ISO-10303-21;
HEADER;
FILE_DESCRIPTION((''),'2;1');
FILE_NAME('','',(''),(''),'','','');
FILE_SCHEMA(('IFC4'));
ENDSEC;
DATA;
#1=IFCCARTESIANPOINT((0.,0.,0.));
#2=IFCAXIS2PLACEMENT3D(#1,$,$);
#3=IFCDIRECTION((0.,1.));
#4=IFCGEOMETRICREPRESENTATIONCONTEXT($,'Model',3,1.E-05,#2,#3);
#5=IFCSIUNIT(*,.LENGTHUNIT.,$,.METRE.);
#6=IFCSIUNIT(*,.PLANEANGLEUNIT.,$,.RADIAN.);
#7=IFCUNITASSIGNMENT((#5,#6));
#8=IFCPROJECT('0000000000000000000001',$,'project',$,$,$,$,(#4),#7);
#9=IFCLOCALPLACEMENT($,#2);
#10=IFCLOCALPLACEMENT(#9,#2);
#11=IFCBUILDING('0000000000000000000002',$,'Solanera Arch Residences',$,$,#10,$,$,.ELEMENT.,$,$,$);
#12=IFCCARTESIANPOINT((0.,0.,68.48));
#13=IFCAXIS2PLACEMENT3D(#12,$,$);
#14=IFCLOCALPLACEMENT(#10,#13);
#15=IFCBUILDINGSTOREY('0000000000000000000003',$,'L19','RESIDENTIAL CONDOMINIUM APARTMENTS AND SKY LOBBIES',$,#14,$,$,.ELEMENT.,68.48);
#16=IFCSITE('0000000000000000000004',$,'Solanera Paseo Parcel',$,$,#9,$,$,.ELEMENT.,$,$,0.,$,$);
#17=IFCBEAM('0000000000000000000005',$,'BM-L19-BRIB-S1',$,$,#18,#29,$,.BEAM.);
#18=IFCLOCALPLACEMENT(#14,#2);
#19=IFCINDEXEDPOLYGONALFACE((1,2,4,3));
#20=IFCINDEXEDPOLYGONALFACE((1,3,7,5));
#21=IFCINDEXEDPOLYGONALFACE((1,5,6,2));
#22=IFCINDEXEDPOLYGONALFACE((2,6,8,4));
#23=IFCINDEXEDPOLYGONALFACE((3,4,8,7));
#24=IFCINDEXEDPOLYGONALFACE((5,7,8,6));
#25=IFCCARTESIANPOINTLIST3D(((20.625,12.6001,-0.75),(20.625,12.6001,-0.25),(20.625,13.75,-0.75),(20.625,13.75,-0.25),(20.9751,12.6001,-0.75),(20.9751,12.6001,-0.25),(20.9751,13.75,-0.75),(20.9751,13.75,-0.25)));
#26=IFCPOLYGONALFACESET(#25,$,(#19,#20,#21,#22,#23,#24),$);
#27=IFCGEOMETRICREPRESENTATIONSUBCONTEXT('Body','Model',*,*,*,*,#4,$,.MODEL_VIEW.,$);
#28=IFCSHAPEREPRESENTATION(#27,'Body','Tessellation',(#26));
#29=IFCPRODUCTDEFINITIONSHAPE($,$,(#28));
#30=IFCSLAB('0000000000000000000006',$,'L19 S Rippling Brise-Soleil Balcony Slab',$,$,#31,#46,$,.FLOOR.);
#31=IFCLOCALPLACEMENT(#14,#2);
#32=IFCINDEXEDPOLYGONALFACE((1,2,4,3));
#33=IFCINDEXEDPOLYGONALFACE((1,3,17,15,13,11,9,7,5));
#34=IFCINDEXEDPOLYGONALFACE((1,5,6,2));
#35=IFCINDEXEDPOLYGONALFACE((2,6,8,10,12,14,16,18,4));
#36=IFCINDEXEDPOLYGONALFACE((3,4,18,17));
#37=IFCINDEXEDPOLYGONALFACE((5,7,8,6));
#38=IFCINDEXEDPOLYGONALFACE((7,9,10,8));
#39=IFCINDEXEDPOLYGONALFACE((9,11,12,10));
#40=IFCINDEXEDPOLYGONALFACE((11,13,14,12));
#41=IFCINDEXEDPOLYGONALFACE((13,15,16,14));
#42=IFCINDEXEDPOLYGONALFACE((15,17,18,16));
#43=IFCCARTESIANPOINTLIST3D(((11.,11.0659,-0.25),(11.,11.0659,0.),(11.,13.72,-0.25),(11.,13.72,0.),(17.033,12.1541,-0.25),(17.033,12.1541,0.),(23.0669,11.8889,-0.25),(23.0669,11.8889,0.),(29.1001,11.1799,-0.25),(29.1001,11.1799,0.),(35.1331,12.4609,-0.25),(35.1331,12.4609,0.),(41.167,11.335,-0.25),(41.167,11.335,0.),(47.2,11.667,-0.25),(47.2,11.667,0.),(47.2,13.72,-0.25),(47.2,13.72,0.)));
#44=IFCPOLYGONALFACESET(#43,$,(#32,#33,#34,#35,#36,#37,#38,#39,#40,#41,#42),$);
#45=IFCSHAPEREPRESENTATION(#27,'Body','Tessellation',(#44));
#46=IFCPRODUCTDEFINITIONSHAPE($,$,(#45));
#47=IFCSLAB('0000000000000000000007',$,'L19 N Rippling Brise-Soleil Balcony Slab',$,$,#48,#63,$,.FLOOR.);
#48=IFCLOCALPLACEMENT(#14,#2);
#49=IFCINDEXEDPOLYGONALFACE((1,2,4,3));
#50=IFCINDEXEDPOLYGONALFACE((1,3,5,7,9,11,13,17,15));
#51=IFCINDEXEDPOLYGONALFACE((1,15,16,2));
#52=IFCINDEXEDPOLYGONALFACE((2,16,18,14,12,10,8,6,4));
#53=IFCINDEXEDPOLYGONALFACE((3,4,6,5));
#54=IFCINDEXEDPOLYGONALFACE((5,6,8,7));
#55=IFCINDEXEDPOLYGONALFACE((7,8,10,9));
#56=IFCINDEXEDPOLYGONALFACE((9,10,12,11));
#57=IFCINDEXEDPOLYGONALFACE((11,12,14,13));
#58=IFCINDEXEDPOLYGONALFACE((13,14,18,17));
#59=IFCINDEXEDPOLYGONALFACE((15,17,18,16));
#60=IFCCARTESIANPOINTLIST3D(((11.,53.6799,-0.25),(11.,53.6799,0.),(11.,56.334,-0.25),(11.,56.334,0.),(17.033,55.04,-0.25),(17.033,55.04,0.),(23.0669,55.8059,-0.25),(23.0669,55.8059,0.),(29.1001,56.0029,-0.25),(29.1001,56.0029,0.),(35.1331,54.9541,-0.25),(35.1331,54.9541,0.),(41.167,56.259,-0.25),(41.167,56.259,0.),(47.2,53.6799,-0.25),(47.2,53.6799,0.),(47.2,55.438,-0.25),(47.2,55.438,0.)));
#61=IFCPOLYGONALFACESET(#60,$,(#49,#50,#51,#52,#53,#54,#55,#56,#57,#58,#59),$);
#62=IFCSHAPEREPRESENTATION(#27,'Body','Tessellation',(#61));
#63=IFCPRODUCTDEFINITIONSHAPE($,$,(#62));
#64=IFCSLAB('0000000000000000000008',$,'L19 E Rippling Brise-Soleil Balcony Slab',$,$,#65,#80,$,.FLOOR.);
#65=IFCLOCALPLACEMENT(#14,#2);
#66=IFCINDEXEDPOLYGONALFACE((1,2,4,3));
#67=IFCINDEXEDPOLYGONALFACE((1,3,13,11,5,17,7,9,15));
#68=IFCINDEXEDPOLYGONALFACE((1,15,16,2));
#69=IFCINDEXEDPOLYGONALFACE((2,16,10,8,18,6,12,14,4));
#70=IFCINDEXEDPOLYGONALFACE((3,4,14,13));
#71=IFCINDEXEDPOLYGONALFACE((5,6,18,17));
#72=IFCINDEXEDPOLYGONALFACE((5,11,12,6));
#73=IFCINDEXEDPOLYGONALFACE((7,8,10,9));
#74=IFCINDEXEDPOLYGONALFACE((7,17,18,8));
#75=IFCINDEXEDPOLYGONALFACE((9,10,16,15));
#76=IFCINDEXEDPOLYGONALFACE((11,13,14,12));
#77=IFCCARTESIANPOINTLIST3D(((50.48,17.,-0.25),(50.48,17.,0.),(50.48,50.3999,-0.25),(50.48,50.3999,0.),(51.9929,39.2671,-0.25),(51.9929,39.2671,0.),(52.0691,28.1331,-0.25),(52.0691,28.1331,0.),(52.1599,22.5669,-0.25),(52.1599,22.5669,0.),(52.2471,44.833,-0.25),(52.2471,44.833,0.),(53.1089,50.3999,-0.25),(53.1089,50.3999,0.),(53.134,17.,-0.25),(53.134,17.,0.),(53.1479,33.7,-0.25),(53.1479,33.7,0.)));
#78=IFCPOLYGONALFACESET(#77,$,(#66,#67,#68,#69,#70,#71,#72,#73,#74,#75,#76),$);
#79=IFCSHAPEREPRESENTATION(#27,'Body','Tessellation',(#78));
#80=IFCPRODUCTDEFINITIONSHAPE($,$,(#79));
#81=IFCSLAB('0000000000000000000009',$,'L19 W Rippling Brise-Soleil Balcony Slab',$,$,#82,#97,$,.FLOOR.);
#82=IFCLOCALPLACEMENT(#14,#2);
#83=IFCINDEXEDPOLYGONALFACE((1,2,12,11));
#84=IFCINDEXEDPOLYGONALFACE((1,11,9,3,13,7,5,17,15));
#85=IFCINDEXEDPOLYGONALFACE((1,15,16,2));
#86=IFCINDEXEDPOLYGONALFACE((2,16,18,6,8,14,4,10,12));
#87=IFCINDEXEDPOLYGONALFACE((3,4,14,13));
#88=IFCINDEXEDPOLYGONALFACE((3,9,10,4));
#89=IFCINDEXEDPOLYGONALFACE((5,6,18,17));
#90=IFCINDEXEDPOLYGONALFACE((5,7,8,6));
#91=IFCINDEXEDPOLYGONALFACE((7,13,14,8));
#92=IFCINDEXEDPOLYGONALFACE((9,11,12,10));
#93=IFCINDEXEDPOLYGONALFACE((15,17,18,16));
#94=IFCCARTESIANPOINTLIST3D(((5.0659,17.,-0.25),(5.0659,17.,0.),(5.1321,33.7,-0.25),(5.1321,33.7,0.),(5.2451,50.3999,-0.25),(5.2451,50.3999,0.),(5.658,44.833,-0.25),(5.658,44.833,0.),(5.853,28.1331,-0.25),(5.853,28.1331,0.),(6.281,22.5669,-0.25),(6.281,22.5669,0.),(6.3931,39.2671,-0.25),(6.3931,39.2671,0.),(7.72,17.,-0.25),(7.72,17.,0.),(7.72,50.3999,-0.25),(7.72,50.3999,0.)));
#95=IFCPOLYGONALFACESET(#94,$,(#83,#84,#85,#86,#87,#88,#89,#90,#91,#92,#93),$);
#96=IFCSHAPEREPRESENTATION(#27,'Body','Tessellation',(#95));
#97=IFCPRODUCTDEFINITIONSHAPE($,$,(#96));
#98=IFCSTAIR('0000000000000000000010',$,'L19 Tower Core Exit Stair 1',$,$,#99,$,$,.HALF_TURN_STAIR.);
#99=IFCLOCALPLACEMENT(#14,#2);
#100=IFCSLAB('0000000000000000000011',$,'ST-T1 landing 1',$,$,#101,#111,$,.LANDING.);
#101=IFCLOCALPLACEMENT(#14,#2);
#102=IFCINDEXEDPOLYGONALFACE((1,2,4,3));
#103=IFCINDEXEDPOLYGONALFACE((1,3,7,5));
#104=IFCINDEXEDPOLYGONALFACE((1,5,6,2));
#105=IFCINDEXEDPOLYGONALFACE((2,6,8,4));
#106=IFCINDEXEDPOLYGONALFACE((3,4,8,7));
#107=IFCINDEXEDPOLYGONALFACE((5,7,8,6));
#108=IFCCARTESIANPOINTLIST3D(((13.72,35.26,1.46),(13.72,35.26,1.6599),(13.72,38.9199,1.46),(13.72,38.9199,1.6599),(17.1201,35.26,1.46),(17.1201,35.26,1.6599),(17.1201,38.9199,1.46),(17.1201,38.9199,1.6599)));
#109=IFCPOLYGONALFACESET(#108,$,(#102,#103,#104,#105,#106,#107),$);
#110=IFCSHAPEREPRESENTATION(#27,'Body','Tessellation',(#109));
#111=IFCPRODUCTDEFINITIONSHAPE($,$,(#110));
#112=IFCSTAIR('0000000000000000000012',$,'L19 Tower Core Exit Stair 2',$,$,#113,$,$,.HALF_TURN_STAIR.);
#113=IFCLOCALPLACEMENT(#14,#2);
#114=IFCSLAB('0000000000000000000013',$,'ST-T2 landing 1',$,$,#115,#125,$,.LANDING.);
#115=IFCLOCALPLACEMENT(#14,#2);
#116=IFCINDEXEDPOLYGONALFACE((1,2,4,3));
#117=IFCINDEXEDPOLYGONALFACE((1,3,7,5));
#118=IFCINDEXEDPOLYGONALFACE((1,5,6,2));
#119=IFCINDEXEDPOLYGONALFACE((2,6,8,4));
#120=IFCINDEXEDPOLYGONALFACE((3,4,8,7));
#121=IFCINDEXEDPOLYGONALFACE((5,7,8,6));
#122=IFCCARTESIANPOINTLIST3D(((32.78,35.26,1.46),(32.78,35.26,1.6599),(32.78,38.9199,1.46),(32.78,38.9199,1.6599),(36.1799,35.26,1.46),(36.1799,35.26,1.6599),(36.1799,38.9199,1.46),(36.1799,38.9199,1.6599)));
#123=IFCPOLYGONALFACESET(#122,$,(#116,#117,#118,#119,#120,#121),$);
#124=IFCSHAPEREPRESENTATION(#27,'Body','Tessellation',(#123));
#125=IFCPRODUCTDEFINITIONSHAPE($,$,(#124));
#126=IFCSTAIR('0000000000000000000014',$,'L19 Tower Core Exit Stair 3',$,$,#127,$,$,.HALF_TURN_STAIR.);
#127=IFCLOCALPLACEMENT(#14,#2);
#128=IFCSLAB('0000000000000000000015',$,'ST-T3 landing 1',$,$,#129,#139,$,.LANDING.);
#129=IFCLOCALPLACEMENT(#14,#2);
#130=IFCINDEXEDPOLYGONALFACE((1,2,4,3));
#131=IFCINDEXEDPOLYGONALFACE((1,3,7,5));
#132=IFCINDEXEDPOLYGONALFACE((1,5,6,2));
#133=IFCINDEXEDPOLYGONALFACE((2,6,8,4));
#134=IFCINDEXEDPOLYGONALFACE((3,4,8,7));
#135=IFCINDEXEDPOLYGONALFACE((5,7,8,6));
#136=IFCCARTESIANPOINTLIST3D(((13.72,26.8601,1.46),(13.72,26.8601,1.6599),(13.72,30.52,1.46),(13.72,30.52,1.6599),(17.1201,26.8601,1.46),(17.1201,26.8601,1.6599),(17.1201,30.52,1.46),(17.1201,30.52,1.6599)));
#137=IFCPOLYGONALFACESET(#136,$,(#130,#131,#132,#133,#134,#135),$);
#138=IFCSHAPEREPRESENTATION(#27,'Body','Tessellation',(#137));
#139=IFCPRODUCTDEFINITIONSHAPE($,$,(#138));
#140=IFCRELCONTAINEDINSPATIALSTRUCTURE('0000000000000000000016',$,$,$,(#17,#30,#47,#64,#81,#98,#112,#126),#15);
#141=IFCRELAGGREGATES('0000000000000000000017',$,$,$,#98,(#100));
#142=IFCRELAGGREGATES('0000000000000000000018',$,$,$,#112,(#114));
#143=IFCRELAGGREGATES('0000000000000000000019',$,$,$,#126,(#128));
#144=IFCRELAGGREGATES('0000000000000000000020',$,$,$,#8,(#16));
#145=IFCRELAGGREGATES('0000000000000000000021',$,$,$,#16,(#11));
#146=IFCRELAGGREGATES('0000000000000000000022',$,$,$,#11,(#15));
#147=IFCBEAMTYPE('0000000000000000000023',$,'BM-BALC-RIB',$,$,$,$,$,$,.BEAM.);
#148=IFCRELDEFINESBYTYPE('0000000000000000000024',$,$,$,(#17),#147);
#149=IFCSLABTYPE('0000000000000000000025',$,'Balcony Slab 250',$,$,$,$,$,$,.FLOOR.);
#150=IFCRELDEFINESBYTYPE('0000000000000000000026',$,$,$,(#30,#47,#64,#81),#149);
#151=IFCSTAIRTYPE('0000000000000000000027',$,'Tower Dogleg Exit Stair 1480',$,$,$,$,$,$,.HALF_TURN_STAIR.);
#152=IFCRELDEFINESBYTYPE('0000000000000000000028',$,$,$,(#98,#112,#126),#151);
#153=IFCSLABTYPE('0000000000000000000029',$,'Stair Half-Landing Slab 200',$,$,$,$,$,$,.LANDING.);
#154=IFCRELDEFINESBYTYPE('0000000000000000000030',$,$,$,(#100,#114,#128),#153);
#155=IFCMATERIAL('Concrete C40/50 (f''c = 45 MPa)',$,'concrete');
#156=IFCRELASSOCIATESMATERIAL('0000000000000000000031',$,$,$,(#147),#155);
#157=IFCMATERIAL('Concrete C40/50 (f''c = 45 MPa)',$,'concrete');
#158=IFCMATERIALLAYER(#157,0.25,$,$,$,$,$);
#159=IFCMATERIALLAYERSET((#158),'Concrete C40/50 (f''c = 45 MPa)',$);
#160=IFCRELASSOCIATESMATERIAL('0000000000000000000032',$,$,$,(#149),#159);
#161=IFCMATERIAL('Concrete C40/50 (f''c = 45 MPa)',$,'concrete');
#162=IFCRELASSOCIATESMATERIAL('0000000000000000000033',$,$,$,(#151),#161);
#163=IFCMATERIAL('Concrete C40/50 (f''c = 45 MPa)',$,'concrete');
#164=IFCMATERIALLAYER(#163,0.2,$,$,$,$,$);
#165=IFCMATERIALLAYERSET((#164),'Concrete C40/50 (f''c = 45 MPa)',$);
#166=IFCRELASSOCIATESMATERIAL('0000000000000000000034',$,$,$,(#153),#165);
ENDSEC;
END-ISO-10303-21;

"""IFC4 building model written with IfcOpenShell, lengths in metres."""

from ifc_helpers import new_model, si_unit, direction, frame, origin, origin_2d, place, context, subcontext, project, spatial, polyline, rectangle, outline, extrude, material, layer, layer_set, material_profile, profile_set, type_object, element, aggregate, save


model = new_model("IFC4")

# Units and contexts
model_context = context("Model", 3, precision=1e-05, world=origin(), true_north=direction((0.0, 1.0)))
body_context = subcontext(model_context, "Body", "Model", "MODEL_VIEW")
ifc_project = project(units=[si_unit("LENGTHUNIT", "METRE"), si_unit("PLANEANGLEUNIT", "RADIAN")], contexts=[model_context])

# Site, building, storey
site_placement = place(None, origin())
site = spatial("IfcSite", under=ifc_project, at=site_placement, Name="Solanera Paseo Parcel", CompositionType="ELEMENT", RefElevation=0.0)
building_placement = place(site_placement, origin())
building = spatial("IfcBuilding", under=site, at=building_placement, Name="Solanera Arch Residences", CompositionType="ELEMENT")
storey_placement = place(building_placement, frame((0.0, 0.0, 68.48)))
storey = spatial("IfcBuildingStorey", under=building, at=storey_placement, Name="L19", Description="RESIDENTIAL CONDOMINIUM APARTMENTS AND SKY LOBBIES", CompositionType="ELEMENT", Elevation=68.48)

# Beam
ifc_material_1 = material(Name="Concrete C40/50 (f'c = 45 MPa)", Category="concrete")
ifc_material_profile = material_profile(ifc_material_1, rectangle(XDim=0.3501, YDim=0.5, at=origin_2d()))
ifc_profile_set = profile_set([ifc_material_profile], Name="Concrete C40/50 (f'c = 45 MPa)")
beam_type = type_object("IfcBeamType", Name="BM-BALC-RIB", PredefinedType="BEAM", material=ifc_profile_set)
beam_placement = place(storey_placement, frame((20.8, 12.6001, -0.5), z_axis=(0.0, 1.0, 0.0), x_axis=(-1.0, 0.0, 0.0)))
element("IfcBeam", 1, at=beam_placement, inside=storey, type_object=beam_type, Name="BM-L19-BRIB-S1", PredefinedType="BEAM", context=body_context, shape_type="SweptSolid", body=[
    extrude(rectangle(XDim=0.3501, YDim=0.5, at=origin_2d()), origin(), (0.0, 0.0, 1.0), 1.1499),
])

# Slabs
ifc_material_2 = material(Name="Concrete C40/50 (f'c = 45 MPa)", Category="concrete")
ifc_layer_1 = layer(ifc_material_2, 0.25)
ifc_layer_set_1 = layer_set([ifc_layer_1], Name="Concrete C40/50 (f'c = 45 MPa)")
slab_type_1 = type_object("IfcSlabType", Name="Balcony Slab 250", PredefinedType="FLOOR", material=ifc_layer_set_1)
slab_1_placement = place(storey_placement, frame((0.0, 0.0, -0.25)))
element("IfcSlab", 2, at=slab_1_placement, inside=storey, type_object=slab_type_1, Name="L19 S Rippling Brise-Soleil Balcony Slab", PredefinedType="FLOOR", context=body_context, shape_type="SweptSolid", body=[
    extrude(outline(polyline([(11.0, 11.0659), (17.033, 12.1541), (23.0669, 11.8889), (29.1001, 11.1799), (35.1331, 12.4609), (41.167, 11.335), (47.2, 11.667), (47.2, 13.72), (11.0, 13.72), (11.0, 11.0659)])), origin(), (0.0, 0.0, 1.0), 0.25),
])
slab_2_placement = place(storey_placement, frame((0.0, 0.0, -0.25)))
element("IfcSlab", 3, at=slab_2_placement, inside=storey, type_object=slab_type_1, Name="L19 N Rippling Brise-Soleil Balcony Slab", PredefinedType="FLOOR", context=body_context, shape_type="SweptSolid", body=[
    extrude(outline(polyline([(47.2, 55.438), (41.167, 56.259), (35.1331, 54.9541), (29.1001, 56.0029), (23.0669, 55.8059), (17.033, 55.04), (11.0, 56.334), (11.0, 53.6799), (47.2, 53.6799), (47.2, 55.438)])), origin(), (0.0, 0.0, 1.0), 0.25),
])
slab_3_placement = place(storey_placement, frame((0.0, 0.0, -0.25)))
element("IfcSlab", 4, at=slab_3_placement, inside=storey, type_object=slab_type_1, Name="L19 E Rippling Brise-Soleil Balcony Slab", PredefinedType="FLOOR", context=body_context, shape_type="SweptSolid", body=[
    extrude(outline(polyline([(53.134, 17.0), (52.1599, 22.5669), (52.0691, 28.1331), (53.1479, 33.7), (51.9929, 39.2671), (52.2471, 44.833), (53.1089, 50.3999), (50.48, 50.3999), (50.48, 17.0), (53.134, 17.0)])), origin(), (0.0, 0.0, 1.0), 0.25),
])
slab_4_placement = place(storey_placement, frame((0.0, 0.0, -0.25)))
element("IfcSlab", 5, at=slab_4_placement, inside=storey, type_object=slab_type_1, Name="L19 W Rippling Brise-Soleil Balcony Slab", PredefinedType="FLOOR", context=body_context, shape_type="SweptSolid", body=[
    extrude(outline(polyline([(5.2451, 50.3999), (5.658, 44.833), (6.3931, 39.2671), (5.1321, 33.7), (5.853, 28.1331), (6.281, 22.5669), (5.0659, 17.0), (7.72, 17.0), (7.72, 50.3999), (5.2451, 50.3999)])), origin(), (0.0, 0.0, 1.0), 0.25),
])

# Stairs, slabs
ifc_material_3 = material(Name="Concrete C40/50 (f'c = 45 MPa)", Category="concrete")
stair_type = type_object("IfcStairType", Name="Tower Dogleg Exit Stair 1480", PredefinedType="HALF_TURN_STAIR", material=ifc_material_3)
stair_1_placement = place(storey_placement, origin())
stair_1 = element("IfcStair", 6, at=stair_1_placement, inside=storey, type_object=stair_type, Name="L19 Tower Core Exit Stair 1", PredefinedType="HALF_TURN_STAIR")
ifc_material_4 = material(Name="Concrete C40/50 (f'c = 45 MPa)", Category="concrete")
ifc_layer_2 = layer(ifc_material_4, 0.2)
ifc_layer_set_2 = layer_set([ifc_layer_2], Name="Concrete C40/50 (f'c = 45 MPa)")
slab_type_2 = type_object("IfcSlabType", Name="Stair Half-Landing Slab 200", PredefinedType="LANDING", material=ifc_layer_set_2)
slab_5_placement = place(storey_placement, frame((0.0, 0.0, 1.46)))
slab_5 = element("IfcSlab", 7, at=slab_5_placement, type_object=slab_type_2, Name="ST-T1 landing 1", PredefinedType="LANDING", context=body_context, shape_type="SweptSolid", body=[
    extrude(outline(polyline([(17.1201, 35.26), (17.1201, 38.9199), (13.72, 38.9199), (13.72, 35.26), (17.1201, 35.26)])), origin(), (0.0, 0.0, 1.0), 0.2),
])
aggregate(stair_1, [slab_5])
stair_2_placement = place(storey_placement, origin())
stair_2 = element("IfcStair", 8, at=stair_2_placement, inside=storey, type_object=stair_type, Name="L19 Tower Core Exit Stair 2", PredefinedType="HALF_TURN_STAIR")
slab_6_placement = place(storey_placement, frame((0.0, 0.0, 1.46)))
slab_6 = element("IfcSlab", 9, at=slab_6_placement, type_object=slab_type_2, Name="ST-T2 landing 1", PredefinedType="LANDING", context=body_context, shape_type="SweptSolid", body=[
    extrude(outline(polyline([(36.1799, 35.26), (36.1799, 38.9199), (32.78, 38.9199), (32.78, 35.26), (36.1799, 35.26)])), origin(), (0.0, 0.0, 1.0), 0.2),
])
aggregate(stair_2, [slab_6])
stair_3_placement = place(storey_placement, origin())
stair_3 = element("IfcStair", 10, at=stair_3_placement, inside=storey, type_object=stair_type, Name="L19 Tower Core Exit Stair 3", PredefinedType="HALF_TURN_STAIR")
slab_7_placement = place(storey_placement, frame((0.0, 0.0, 1.46)))
slab_7 = element("IfcSlab", 11, at=slab_7_placement, type_object=slab_type_2, Name="ST-T3 landing 1", PredefinedType="LANDING", context=body_context, shape_type="SweptSolid", body=[
    extrude(outline(polyline([(17.1201, 26.8601), (17.1201, 30.52), (13.72, 30.52), (13.72, 26.8601), (17.1201, 26.8601)])), origin(), (0.0, 0.0, 1.0), 0.2),
])
aggregate(stair_3, [slab_7])

save(model, "model.ifc")
